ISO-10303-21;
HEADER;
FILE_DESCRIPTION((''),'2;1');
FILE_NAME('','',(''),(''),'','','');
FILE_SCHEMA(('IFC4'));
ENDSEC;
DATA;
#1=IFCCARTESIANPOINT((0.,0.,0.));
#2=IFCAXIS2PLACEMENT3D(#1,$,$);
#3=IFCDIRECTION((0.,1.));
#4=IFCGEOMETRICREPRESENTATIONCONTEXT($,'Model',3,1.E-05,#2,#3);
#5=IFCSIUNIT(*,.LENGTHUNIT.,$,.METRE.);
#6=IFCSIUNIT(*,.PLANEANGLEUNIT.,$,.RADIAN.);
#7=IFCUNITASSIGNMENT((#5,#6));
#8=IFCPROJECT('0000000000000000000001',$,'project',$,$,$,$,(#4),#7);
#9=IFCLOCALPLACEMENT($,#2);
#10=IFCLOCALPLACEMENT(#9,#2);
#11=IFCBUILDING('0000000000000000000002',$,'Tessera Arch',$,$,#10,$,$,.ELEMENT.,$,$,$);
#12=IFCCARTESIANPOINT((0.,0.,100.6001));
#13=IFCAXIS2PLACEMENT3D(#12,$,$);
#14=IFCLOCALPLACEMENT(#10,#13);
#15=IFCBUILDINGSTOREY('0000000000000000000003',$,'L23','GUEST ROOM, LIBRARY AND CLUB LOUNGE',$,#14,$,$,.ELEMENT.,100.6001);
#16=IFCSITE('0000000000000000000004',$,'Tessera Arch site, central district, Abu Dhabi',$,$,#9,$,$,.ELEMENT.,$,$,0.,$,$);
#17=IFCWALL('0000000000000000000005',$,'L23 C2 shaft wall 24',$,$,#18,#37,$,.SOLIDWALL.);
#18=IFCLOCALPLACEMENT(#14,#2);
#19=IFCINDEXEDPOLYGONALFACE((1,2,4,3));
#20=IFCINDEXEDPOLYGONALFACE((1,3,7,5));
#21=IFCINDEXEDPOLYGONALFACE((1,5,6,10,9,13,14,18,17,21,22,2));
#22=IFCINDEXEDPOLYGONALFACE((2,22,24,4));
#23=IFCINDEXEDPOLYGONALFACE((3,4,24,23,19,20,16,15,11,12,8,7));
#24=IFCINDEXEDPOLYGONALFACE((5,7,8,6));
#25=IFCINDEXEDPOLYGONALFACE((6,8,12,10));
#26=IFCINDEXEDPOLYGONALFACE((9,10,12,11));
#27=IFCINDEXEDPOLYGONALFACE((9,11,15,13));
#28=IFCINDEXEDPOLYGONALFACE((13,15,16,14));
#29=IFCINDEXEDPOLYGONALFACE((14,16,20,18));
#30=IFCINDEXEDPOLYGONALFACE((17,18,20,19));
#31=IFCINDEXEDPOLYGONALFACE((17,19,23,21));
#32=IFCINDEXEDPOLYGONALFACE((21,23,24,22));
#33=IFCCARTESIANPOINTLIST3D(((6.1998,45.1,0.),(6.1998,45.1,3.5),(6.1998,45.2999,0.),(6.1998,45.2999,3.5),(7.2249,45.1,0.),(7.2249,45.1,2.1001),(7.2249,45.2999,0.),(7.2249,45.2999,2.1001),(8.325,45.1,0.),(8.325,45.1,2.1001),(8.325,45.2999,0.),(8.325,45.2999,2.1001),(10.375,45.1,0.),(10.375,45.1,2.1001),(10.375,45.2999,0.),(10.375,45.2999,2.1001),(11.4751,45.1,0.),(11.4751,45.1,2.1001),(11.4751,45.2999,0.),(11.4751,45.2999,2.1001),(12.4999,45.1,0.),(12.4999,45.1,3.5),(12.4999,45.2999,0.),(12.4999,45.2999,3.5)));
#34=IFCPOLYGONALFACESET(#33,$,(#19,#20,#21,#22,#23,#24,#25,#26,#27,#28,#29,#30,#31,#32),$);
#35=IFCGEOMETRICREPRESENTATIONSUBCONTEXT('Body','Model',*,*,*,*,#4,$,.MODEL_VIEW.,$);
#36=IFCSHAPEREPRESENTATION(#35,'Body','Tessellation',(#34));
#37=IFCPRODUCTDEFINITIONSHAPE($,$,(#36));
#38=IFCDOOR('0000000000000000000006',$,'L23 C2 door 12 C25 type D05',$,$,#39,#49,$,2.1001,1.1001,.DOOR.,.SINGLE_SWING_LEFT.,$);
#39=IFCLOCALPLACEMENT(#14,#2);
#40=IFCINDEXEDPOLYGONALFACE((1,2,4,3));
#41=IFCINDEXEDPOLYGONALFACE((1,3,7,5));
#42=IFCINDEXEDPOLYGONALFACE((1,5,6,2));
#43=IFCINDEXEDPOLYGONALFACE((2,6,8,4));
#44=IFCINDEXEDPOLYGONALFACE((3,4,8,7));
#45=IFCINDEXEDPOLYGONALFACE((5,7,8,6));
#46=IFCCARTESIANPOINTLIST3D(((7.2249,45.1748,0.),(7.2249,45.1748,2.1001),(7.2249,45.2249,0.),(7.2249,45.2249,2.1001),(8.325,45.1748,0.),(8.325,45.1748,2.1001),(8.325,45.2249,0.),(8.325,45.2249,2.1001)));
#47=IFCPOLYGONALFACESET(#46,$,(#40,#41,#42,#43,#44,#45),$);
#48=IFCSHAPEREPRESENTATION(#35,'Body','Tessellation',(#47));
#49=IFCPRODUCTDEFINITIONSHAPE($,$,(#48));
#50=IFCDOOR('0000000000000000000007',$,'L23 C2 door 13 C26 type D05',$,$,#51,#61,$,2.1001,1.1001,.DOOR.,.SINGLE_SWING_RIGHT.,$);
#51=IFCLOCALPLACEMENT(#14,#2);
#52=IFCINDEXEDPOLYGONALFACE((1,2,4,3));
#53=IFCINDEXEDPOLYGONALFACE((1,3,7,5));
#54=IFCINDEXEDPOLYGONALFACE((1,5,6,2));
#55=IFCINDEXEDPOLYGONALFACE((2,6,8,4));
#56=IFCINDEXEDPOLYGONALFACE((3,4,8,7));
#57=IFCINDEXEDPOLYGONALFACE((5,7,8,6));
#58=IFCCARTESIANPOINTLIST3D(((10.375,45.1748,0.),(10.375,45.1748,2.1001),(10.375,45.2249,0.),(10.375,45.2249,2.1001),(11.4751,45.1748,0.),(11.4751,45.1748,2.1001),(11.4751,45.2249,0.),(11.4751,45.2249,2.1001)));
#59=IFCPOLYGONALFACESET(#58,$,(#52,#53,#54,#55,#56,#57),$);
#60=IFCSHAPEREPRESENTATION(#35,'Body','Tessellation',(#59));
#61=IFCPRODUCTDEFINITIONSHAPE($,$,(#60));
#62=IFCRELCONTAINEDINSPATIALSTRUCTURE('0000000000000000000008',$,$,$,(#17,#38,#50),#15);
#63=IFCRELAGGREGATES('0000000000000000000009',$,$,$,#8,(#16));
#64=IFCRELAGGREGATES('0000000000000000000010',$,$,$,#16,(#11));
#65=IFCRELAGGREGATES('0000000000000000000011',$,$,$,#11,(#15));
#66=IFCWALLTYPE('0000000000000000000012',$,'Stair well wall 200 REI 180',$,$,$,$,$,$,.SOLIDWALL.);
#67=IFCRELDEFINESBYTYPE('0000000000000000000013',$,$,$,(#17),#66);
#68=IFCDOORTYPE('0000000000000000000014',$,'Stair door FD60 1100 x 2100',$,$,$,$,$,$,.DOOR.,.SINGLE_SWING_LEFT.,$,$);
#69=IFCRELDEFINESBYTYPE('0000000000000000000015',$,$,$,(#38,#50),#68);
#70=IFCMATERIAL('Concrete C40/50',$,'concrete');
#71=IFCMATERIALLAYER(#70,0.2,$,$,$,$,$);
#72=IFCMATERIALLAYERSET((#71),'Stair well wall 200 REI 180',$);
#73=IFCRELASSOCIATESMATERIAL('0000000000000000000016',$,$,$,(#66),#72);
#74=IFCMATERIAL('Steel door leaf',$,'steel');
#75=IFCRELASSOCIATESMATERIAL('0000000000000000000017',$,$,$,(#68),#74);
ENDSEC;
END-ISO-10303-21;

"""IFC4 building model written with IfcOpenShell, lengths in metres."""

from ifc_helpers import new_model, si_unit, direction, frame, frame_2d, origin, place, context, subcontext, project, spatial, rectangle, extrude, material, layer, layer_set, type_object, element, fill, save


model = new_model("IFC4")

# Units and contexts
model_context = context("Model", 3, precision=1e-05, world=origin(), true_north=direction((0.0, 1.0)))
body_context = subcontext(model_context, "Body", "Model", "MODEL_VIEW")
ifc_project = project(units=[si_unit("LENGTHUNIT", "METRE"), si_unit("PLANEANGLEUNIT", "RADIAN")], contexts=[model_context])

# Site, building, storey
site_placement = place(None, origin())
site = spatial("IfcSite", under=ifc_project, at=site_placement, Name="Tessera Arch site, central district, Abu Dhabi", CompositionType="ELEMENT", RefElevation=0.0)
building_placement = place(site_placement, origin())
building = spatial("IfcBuilding", under=site, at=building_placement, Name="Tessera Arch", CompositionType="ELEMENT")
storey_placement = place(building_placement, frame((0.0, 0.0, 100.6001)))
storey = spatial("IfcBuildingStorey", under=building, at=storey_placement, Name="L23", Description="GUEST ROOM, LIBRARY AND CLUB LOUNGE", CompositionType="ELEMENT", Elevation=100.6001)

# Wall, openings, doors
ifc_material_1 = material(Name="Concrete C40/50", Category="concrete")
ifc_layer_1 = layer(ifc_material_1, 0.2)
ifc_layer_set_1 = layer_set([ifc_layer_1], Name="Stair well wall 200 REI 180")
wall_type_1 = type_object("IfcWallType", Name="Stair well wall 200 REI 180", PredefinedType="SOLIDWALL", material=ifc_layer_set_1)
wall_1_placement = place(storey_placement, frame((6.2, 45.2, 0.0), z_axis=(0.0, 0.0, 1.0), x_axis=(1.0, 0.0, 0.0)))
wall_1 = element("IfcWall", 1, at=wall_1_placement, inside=storey, type_object=wall_type_1, Name="L23 C2 shaft wall 24", PredefinedType="SOLIDWALL", context=body_context, shape_type="SweptSolid", body=[
    extrude(rectangle(XDim=6.3, YDim=0.2, at=frame_2d((3.1499, 0.0))), origin(), (0.0, 0.0, 1.0), 3.5),
])
opening_1_placement = place(wall_1_placement, frame((1.0249, 0.0, 0.0)))
opening_1 = element("IfcOpeningElement", 2, at=opening_1_placement, cuts=wall_1, PredefinedType="OPENING", context=body_context, shape_type="SweptSolid", body=[
    extrude(rectangle(XDim=1.1001, YDim=2.1001, at=frame_2d((0.55, 1.05))), frame((0.0, 0.1099, 0.0), z_axis=(0.0, -1.0, 0.0), x_axis=(1.0, 0.0, 0.0)), (0.0, 0.0, 1.0), 0.22),
])
opening_2_placement = place(wall_1_placement, frame((4.175, 0.0, 0.0)))
opening_2 = element("IfcOpeningElement", 3, at=opening_2_placement, cuts=wall_1, PredefinedType="OPENING", context=body_context, shape_type="SweptSolid", body=[
    extrude(rectangle(XDim=1.1001, YDim=2.1001, at=frame_2d((0.55, 1.05))), frame((0.0, 0.1099, 0.0), z_axis=(0.0, -1.0, 0.0), x_axis=(1.0, 0.0, 0.0)), (0.0, 0.0, 1.0), 0.22),
])
ifc_material_2 = material(Name="Steel door leaf", Category="steel")
door_type_1 = type_object("IfcDoorType", Name="Stair door FD60 1100 x 2100", OperationType="SINGLE_SWING_LEFT", PredefinedType="DOOR", material=ifc_material_2)
door_1_placement = place(opening_1_placement, origin())
door_1 = element("IfcDoor", 4, at=door_1_placement, inside=storey, type_object=door_type_1, Name="L23 C2 door 12 C25 type D05", OperationType="SINGLE_SWING_LEFT", OverallHeight=2.1001, OverallWidth=1.1001, PredefinedType="DOOR", context=body_context, shape_type="SweptSolid", body=[
    extrude(rectangle(XDim=1.1001, YDim=2.1001, at=frame_2d((0.55, 1.05))), frame((0.0, 0.0249, 0.0), z_axis=(0.0, -1.0, 0.0), x_axis=(1.0, 0.0, 0.0)), (0.0, 0.0, 1.0), 0.05),
])
fill(opening_1, door_1)
door_2_placement = place(opening_2_placement, origin())
door_2 = element("IfcDoor", 5, at=door_2_placement, inside=storey, type_object=door_type_1, Name="L23 C2 door 13 C26 type D05", OperationType="SINGLE_SWING_RIGHT", OverallHeight=2.1001, OverallWidth=1.1001, PredefinedType="DOOR", context=body_context, shape_type="SweptSolid", body=[
    extrude(rectangle(XDim=1.1001, YDim=2.1001, at=frame_2d((0.55, 1.05))), frame((0.0, 0.0249, 0.0), z_axis=(0.0, -1.0, 0.0), x_axis=(1.0, 0.0, 0.0)), (0.0, 0.0, 1.0), 0.05),
])
fill(opening_2, door_2)

save(model, "model.ifc")
